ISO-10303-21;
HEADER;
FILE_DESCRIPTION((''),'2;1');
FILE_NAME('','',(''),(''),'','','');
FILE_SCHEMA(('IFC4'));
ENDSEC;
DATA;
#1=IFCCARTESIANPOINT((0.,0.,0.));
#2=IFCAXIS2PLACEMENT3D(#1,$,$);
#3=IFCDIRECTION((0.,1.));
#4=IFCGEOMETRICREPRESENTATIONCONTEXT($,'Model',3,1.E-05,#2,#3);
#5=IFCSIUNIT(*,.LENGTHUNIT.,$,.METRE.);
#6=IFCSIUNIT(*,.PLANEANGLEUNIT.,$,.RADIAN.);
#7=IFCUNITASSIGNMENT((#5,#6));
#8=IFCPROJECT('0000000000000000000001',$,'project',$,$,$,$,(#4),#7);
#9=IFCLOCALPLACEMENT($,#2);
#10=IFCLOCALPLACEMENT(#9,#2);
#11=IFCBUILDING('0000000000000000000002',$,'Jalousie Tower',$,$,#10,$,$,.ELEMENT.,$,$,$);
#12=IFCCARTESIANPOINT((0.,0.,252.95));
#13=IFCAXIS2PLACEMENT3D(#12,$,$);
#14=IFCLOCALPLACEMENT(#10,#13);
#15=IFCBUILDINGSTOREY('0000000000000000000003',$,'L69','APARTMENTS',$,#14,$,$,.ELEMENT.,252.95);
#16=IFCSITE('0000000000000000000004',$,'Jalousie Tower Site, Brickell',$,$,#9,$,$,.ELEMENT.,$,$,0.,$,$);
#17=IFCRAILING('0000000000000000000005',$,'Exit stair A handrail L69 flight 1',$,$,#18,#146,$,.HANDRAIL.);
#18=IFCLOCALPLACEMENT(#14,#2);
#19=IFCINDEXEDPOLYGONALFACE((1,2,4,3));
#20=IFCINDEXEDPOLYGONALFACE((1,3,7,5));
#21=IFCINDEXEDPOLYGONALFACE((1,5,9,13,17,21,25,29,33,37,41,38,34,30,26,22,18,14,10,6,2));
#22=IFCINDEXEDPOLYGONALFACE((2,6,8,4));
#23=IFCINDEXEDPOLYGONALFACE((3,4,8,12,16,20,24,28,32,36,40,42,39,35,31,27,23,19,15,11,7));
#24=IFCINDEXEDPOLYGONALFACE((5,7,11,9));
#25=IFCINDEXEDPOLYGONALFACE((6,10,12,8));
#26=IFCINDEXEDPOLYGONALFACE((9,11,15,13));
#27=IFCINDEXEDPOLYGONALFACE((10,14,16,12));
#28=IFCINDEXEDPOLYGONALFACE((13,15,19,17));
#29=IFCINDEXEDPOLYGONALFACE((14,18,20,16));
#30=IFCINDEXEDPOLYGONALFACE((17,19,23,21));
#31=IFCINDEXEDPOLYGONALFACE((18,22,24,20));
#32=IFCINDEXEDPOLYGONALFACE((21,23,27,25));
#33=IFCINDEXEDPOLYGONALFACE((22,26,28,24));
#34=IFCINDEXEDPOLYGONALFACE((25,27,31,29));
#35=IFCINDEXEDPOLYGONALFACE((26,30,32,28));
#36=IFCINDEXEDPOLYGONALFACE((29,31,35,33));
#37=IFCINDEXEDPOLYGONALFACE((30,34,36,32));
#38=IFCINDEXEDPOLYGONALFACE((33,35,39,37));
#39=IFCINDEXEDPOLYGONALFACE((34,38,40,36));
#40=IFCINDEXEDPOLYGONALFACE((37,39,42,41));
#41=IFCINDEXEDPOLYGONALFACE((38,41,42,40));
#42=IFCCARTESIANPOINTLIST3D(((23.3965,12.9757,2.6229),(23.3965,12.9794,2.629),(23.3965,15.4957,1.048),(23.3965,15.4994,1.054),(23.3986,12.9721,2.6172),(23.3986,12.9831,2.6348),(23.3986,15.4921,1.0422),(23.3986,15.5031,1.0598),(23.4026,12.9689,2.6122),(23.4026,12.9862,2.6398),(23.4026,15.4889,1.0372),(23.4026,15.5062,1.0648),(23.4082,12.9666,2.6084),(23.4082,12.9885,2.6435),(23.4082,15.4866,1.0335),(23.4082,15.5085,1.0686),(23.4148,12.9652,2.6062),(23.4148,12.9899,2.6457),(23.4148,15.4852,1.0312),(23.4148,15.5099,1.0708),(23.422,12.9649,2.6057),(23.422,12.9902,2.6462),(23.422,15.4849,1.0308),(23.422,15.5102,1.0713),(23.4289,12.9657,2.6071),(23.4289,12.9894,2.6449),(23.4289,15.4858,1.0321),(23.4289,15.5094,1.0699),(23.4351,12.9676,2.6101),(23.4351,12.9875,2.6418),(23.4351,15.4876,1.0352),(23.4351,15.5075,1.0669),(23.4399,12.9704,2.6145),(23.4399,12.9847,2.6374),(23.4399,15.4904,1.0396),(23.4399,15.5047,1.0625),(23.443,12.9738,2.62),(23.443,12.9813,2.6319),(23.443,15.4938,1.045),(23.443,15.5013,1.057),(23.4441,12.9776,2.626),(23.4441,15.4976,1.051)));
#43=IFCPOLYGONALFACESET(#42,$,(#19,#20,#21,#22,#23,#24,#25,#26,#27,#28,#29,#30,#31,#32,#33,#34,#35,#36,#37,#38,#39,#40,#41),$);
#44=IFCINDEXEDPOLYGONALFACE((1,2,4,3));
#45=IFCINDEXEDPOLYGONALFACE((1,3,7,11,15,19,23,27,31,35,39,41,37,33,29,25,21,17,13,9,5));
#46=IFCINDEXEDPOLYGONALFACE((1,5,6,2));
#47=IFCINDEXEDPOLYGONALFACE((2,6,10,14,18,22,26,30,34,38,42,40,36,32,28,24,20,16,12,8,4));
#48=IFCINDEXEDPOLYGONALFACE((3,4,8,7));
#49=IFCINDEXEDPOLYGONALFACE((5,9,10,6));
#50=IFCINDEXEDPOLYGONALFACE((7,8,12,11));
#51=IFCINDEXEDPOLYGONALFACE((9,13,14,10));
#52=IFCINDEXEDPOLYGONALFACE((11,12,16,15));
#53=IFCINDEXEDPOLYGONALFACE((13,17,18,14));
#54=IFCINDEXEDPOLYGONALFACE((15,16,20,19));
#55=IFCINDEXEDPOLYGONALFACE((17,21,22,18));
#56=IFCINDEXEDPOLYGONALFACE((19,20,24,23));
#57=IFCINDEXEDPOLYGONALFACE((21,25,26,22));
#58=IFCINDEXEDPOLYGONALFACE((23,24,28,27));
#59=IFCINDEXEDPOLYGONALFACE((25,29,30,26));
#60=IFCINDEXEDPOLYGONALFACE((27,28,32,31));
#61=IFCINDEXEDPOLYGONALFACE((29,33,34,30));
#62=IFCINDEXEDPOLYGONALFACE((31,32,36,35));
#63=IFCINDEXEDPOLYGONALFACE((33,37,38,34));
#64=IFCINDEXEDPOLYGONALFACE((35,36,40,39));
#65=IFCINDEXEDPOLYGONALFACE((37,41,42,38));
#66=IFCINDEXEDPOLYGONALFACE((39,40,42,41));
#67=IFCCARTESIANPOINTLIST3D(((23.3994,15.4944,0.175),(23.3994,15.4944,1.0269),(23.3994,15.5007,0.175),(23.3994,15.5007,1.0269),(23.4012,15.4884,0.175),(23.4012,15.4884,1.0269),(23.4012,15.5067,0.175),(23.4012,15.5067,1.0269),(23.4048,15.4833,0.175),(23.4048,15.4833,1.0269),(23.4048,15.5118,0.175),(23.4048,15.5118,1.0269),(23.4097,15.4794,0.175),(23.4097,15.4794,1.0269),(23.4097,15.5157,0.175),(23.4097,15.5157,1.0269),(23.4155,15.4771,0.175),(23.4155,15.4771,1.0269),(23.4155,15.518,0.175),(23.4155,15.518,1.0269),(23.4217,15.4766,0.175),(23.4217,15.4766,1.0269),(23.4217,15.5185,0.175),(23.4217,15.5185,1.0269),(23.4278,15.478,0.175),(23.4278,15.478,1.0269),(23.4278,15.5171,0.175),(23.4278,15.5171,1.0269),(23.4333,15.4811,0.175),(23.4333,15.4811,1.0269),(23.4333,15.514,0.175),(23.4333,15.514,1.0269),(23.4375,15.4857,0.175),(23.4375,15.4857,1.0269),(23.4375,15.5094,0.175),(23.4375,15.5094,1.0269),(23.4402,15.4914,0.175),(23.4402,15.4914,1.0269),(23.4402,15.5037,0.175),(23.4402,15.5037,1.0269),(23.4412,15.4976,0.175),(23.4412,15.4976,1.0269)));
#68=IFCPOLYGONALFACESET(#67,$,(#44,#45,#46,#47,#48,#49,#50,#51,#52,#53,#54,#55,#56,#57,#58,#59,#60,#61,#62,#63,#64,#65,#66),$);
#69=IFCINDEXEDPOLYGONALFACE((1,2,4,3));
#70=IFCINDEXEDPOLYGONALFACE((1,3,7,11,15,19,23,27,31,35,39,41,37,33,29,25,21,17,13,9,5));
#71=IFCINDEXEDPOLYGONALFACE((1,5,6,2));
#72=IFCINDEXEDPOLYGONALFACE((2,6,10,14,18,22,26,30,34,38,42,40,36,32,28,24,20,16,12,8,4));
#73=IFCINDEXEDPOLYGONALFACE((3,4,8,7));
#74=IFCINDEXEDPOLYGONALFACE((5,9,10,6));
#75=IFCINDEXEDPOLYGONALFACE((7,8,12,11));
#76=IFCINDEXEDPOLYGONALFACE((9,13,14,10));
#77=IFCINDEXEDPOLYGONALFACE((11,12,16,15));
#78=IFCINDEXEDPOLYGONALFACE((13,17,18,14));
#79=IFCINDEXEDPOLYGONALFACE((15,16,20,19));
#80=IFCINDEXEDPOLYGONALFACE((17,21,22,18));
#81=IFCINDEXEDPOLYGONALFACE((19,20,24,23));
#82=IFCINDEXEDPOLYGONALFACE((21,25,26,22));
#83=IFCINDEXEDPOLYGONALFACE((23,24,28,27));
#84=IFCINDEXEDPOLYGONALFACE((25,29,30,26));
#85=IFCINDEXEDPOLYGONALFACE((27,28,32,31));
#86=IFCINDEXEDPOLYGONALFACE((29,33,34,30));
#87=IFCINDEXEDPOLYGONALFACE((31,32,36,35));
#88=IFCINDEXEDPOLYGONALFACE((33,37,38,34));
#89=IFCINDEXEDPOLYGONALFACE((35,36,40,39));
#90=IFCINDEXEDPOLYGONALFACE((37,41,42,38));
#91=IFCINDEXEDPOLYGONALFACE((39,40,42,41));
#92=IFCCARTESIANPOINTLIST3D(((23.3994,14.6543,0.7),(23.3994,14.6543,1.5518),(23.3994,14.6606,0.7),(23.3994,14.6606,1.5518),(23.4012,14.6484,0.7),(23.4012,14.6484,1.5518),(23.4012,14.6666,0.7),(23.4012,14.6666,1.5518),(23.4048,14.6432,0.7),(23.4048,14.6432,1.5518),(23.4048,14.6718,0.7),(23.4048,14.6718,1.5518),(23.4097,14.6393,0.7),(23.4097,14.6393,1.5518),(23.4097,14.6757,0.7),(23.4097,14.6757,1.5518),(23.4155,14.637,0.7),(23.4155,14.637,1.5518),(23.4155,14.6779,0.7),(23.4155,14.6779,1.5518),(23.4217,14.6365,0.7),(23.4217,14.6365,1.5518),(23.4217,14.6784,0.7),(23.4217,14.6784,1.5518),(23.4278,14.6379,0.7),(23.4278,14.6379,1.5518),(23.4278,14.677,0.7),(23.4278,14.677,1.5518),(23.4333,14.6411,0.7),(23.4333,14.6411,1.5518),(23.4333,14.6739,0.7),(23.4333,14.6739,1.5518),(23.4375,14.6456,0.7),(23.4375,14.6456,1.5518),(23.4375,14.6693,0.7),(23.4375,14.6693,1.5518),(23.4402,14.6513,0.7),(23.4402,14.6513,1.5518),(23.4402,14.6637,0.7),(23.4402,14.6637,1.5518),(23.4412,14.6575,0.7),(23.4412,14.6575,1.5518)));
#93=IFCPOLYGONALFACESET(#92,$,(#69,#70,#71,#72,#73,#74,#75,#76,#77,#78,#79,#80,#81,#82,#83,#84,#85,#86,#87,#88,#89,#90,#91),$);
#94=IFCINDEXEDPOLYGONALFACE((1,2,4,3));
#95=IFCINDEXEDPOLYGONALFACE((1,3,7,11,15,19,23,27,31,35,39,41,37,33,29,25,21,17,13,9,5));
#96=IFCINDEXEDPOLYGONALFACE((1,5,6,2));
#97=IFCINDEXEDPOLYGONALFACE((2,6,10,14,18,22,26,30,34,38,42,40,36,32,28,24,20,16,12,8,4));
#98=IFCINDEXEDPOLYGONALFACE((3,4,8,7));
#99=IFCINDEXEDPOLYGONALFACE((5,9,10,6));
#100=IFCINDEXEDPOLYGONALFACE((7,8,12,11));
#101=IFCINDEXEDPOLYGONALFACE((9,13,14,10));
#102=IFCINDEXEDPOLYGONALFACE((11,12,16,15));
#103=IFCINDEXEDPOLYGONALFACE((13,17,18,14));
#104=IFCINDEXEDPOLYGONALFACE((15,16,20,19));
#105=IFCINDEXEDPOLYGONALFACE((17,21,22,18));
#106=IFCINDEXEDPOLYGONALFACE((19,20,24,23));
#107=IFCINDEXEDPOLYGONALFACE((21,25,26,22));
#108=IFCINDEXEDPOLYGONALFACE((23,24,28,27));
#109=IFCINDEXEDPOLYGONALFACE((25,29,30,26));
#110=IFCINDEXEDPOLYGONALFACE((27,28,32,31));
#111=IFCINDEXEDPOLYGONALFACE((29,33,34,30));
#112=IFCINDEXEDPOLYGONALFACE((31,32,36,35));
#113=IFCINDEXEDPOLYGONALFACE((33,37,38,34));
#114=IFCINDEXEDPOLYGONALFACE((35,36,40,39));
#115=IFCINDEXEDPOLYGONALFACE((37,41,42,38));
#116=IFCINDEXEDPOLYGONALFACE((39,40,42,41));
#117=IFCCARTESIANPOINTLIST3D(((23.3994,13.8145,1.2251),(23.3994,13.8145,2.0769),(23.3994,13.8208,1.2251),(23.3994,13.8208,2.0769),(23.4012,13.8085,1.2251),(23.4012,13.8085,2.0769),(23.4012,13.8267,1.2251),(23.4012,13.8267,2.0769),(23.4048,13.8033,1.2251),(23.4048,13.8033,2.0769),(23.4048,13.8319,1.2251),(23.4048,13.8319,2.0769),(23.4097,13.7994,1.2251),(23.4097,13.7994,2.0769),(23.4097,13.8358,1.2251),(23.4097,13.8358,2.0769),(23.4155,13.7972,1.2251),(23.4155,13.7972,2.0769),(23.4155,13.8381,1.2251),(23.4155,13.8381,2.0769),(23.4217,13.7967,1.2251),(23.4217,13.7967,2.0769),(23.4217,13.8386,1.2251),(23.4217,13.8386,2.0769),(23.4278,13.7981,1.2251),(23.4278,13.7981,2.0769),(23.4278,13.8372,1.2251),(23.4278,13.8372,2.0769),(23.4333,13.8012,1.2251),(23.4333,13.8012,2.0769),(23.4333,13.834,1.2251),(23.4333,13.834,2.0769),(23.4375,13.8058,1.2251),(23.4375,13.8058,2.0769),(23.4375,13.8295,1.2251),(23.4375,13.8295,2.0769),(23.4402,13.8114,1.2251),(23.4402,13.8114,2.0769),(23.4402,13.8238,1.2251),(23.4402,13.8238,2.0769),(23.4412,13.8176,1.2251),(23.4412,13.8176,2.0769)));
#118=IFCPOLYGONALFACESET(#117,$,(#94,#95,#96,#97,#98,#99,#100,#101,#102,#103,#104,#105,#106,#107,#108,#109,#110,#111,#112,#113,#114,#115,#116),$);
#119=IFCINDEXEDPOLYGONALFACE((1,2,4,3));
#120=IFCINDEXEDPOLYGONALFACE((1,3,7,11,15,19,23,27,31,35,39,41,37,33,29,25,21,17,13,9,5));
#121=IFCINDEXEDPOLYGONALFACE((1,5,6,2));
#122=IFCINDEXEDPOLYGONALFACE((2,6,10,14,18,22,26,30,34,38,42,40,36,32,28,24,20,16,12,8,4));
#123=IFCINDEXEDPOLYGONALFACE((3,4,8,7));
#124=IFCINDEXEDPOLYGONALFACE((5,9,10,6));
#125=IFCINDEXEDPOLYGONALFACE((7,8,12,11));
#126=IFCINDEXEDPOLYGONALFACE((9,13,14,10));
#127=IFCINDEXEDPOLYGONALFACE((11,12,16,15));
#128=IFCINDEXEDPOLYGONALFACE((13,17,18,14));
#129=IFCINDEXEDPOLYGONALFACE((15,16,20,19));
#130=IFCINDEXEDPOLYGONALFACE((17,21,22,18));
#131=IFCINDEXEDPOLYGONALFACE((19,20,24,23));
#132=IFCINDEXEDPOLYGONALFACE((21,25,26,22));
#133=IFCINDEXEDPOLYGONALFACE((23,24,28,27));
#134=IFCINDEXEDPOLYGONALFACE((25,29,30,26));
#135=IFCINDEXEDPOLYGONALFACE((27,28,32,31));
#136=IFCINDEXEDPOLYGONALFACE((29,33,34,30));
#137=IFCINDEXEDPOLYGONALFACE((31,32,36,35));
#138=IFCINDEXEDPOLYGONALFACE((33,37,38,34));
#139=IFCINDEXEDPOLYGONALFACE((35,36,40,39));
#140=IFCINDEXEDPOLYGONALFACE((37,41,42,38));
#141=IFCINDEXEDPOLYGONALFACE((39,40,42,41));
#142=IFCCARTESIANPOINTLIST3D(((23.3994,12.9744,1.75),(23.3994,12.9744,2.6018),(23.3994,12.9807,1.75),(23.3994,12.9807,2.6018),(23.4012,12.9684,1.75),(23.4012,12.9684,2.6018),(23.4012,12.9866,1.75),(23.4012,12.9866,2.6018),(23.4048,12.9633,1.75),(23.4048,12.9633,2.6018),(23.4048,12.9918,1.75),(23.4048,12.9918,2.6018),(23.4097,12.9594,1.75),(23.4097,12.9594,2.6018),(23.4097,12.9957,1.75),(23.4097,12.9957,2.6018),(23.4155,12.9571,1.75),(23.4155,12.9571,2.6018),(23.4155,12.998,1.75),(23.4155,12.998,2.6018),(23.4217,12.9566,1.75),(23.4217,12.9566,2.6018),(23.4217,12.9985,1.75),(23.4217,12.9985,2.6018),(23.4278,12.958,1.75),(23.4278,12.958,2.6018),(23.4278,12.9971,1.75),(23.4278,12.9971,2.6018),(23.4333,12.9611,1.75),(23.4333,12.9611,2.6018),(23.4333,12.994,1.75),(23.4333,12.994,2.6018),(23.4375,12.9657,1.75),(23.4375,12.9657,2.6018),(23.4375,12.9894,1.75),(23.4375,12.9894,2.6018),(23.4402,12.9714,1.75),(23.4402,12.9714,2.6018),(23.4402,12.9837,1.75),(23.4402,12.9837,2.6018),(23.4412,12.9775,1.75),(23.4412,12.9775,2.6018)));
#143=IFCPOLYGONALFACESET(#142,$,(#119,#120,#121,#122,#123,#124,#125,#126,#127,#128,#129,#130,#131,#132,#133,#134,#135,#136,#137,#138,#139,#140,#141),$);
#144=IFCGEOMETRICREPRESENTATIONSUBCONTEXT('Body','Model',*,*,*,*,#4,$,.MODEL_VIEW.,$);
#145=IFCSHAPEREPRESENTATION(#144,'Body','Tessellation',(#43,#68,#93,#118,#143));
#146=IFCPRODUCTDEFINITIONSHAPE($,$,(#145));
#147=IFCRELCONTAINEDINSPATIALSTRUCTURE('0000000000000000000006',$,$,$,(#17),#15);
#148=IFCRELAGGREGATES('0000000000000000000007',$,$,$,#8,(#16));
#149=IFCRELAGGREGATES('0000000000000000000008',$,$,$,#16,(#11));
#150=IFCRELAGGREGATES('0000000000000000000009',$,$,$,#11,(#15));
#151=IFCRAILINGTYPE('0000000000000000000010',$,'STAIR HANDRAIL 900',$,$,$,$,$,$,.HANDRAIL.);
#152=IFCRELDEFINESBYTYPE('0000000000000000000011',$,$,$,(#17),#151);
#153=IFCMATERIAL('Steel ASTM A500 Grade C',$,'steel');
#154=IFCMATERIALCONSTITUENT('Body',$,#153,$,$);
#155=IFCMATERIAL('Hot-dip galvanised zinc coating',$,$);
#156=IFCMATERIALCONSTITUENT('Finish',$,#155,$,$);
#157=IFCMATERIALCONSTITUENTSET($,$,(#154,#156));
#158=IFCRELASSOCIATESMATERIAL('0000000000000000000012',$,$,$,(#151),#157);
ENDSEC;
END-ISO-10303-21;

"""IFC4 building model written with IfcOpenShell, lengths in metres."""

from ifc_helpers import new_model, si_unit, direction, frame, origin, origin_2d, place, context, subcontext, project, spatial, circle, extrude, material, constituent, constituent_set, type_object, element, save


model = new_model("IFC4")

# Units and contexts
model_context = context("Model", 3, precision=1e-05, world=origin(), true_north=direction((0.0, 1.0)))
body_context = subcontext(model_context, "Body", "Model", "MODEL_VIEW")
ifc_project = project(units=[si_unit("LENGTHUNIT", "METRE"), si_unit("PLANEANGLEUNIT", "RADIAN")], contexts=[model_context])

# Site, building, storey
site_placement = place(None, origin())
site = spatial("IfcSite", under=ifc_project, at=site_placement, Name="Jalousie Tower Site, Brickell", CompositionType="ELEMENT", RefElevation=0.0)
building_placement = place(site_placement, origin())
building = spatial("IfcBuilding", under=site, at=building_placement, Name="Jalousie Tower", CompositionType="ELEMENT")
storey_placement = place(building_placement, frame((0.0, 0.0, 252.95)))
storey = spatial("IfcBuildingStorey", under=building, at=storey_placement, Name="L69", Description="APARTMENTS", CompositionType="ELEMENT", Elevation=252.95)

# Railing
ifc_material_1 = material(Name="Steel ASTM A500 Grade C", Category="steel")
ifc_constituent_1 = constituent(ifc_material_1, Name="Body")
ifc_material_2 = material(Name="Hot-dip galvanised zinc coating")
ifc_constituent_2 = constituent(ifc_material_2, Name="Finish")
ifc_constituent_set_1 = constituent_set(constituents=[ifc_constituent_1, ifc_constituent_2])
railing_type = type_object("IfcRailingType", Name="STAIR HANDRAIL 900", PredefinedType="HANDRAIL", material=ifc_constituent_set_1)
railing_placement = place(storey_placement, frame((23.4202, 15.4976, 0.175)))
element("IfcRailing", 1, at=railing_placement, inside=storey, type_object=railing_type, Name="Exit stair A handrail L69 flight 1", PredefinedType="HANDRAIL", context=body_context, shape_type="SweptSolid", body=[
    extrude(circle(Radius=0.0239, at=origin_2d()), frame((0.0, 0.0, 0.876), z_axis=(0.0, -0.848008, 0.529984), x_axis=(1.0, 0.0, 0.0)), (0.0, 0.0, 1.0), 2.9717),
    extrude(circle(Radius=0.021, at=origin_2d()), origin(), (0.0, 0.0, 1.0), 0.8518),
    extrude(circle(Radius=0.021, at=origin_2d()), frame((0.0, -0.8401, 0.5249)), (0.0, 0.0, 1.0), 0.8518),
    extrude(circle(Radius=0.021, at=origin_2d()), frame((0.0, -1.6799, 1.05)), (0.0, 0.0, 1.0), 0.8518),
    extrude(circle(Radius=0.021, at=origin_2d()), frame((0.0, -2.52, 1.575)), (0.0, 0.0, 1.0), 0.8518),
])

save(model, "model.ifc")
